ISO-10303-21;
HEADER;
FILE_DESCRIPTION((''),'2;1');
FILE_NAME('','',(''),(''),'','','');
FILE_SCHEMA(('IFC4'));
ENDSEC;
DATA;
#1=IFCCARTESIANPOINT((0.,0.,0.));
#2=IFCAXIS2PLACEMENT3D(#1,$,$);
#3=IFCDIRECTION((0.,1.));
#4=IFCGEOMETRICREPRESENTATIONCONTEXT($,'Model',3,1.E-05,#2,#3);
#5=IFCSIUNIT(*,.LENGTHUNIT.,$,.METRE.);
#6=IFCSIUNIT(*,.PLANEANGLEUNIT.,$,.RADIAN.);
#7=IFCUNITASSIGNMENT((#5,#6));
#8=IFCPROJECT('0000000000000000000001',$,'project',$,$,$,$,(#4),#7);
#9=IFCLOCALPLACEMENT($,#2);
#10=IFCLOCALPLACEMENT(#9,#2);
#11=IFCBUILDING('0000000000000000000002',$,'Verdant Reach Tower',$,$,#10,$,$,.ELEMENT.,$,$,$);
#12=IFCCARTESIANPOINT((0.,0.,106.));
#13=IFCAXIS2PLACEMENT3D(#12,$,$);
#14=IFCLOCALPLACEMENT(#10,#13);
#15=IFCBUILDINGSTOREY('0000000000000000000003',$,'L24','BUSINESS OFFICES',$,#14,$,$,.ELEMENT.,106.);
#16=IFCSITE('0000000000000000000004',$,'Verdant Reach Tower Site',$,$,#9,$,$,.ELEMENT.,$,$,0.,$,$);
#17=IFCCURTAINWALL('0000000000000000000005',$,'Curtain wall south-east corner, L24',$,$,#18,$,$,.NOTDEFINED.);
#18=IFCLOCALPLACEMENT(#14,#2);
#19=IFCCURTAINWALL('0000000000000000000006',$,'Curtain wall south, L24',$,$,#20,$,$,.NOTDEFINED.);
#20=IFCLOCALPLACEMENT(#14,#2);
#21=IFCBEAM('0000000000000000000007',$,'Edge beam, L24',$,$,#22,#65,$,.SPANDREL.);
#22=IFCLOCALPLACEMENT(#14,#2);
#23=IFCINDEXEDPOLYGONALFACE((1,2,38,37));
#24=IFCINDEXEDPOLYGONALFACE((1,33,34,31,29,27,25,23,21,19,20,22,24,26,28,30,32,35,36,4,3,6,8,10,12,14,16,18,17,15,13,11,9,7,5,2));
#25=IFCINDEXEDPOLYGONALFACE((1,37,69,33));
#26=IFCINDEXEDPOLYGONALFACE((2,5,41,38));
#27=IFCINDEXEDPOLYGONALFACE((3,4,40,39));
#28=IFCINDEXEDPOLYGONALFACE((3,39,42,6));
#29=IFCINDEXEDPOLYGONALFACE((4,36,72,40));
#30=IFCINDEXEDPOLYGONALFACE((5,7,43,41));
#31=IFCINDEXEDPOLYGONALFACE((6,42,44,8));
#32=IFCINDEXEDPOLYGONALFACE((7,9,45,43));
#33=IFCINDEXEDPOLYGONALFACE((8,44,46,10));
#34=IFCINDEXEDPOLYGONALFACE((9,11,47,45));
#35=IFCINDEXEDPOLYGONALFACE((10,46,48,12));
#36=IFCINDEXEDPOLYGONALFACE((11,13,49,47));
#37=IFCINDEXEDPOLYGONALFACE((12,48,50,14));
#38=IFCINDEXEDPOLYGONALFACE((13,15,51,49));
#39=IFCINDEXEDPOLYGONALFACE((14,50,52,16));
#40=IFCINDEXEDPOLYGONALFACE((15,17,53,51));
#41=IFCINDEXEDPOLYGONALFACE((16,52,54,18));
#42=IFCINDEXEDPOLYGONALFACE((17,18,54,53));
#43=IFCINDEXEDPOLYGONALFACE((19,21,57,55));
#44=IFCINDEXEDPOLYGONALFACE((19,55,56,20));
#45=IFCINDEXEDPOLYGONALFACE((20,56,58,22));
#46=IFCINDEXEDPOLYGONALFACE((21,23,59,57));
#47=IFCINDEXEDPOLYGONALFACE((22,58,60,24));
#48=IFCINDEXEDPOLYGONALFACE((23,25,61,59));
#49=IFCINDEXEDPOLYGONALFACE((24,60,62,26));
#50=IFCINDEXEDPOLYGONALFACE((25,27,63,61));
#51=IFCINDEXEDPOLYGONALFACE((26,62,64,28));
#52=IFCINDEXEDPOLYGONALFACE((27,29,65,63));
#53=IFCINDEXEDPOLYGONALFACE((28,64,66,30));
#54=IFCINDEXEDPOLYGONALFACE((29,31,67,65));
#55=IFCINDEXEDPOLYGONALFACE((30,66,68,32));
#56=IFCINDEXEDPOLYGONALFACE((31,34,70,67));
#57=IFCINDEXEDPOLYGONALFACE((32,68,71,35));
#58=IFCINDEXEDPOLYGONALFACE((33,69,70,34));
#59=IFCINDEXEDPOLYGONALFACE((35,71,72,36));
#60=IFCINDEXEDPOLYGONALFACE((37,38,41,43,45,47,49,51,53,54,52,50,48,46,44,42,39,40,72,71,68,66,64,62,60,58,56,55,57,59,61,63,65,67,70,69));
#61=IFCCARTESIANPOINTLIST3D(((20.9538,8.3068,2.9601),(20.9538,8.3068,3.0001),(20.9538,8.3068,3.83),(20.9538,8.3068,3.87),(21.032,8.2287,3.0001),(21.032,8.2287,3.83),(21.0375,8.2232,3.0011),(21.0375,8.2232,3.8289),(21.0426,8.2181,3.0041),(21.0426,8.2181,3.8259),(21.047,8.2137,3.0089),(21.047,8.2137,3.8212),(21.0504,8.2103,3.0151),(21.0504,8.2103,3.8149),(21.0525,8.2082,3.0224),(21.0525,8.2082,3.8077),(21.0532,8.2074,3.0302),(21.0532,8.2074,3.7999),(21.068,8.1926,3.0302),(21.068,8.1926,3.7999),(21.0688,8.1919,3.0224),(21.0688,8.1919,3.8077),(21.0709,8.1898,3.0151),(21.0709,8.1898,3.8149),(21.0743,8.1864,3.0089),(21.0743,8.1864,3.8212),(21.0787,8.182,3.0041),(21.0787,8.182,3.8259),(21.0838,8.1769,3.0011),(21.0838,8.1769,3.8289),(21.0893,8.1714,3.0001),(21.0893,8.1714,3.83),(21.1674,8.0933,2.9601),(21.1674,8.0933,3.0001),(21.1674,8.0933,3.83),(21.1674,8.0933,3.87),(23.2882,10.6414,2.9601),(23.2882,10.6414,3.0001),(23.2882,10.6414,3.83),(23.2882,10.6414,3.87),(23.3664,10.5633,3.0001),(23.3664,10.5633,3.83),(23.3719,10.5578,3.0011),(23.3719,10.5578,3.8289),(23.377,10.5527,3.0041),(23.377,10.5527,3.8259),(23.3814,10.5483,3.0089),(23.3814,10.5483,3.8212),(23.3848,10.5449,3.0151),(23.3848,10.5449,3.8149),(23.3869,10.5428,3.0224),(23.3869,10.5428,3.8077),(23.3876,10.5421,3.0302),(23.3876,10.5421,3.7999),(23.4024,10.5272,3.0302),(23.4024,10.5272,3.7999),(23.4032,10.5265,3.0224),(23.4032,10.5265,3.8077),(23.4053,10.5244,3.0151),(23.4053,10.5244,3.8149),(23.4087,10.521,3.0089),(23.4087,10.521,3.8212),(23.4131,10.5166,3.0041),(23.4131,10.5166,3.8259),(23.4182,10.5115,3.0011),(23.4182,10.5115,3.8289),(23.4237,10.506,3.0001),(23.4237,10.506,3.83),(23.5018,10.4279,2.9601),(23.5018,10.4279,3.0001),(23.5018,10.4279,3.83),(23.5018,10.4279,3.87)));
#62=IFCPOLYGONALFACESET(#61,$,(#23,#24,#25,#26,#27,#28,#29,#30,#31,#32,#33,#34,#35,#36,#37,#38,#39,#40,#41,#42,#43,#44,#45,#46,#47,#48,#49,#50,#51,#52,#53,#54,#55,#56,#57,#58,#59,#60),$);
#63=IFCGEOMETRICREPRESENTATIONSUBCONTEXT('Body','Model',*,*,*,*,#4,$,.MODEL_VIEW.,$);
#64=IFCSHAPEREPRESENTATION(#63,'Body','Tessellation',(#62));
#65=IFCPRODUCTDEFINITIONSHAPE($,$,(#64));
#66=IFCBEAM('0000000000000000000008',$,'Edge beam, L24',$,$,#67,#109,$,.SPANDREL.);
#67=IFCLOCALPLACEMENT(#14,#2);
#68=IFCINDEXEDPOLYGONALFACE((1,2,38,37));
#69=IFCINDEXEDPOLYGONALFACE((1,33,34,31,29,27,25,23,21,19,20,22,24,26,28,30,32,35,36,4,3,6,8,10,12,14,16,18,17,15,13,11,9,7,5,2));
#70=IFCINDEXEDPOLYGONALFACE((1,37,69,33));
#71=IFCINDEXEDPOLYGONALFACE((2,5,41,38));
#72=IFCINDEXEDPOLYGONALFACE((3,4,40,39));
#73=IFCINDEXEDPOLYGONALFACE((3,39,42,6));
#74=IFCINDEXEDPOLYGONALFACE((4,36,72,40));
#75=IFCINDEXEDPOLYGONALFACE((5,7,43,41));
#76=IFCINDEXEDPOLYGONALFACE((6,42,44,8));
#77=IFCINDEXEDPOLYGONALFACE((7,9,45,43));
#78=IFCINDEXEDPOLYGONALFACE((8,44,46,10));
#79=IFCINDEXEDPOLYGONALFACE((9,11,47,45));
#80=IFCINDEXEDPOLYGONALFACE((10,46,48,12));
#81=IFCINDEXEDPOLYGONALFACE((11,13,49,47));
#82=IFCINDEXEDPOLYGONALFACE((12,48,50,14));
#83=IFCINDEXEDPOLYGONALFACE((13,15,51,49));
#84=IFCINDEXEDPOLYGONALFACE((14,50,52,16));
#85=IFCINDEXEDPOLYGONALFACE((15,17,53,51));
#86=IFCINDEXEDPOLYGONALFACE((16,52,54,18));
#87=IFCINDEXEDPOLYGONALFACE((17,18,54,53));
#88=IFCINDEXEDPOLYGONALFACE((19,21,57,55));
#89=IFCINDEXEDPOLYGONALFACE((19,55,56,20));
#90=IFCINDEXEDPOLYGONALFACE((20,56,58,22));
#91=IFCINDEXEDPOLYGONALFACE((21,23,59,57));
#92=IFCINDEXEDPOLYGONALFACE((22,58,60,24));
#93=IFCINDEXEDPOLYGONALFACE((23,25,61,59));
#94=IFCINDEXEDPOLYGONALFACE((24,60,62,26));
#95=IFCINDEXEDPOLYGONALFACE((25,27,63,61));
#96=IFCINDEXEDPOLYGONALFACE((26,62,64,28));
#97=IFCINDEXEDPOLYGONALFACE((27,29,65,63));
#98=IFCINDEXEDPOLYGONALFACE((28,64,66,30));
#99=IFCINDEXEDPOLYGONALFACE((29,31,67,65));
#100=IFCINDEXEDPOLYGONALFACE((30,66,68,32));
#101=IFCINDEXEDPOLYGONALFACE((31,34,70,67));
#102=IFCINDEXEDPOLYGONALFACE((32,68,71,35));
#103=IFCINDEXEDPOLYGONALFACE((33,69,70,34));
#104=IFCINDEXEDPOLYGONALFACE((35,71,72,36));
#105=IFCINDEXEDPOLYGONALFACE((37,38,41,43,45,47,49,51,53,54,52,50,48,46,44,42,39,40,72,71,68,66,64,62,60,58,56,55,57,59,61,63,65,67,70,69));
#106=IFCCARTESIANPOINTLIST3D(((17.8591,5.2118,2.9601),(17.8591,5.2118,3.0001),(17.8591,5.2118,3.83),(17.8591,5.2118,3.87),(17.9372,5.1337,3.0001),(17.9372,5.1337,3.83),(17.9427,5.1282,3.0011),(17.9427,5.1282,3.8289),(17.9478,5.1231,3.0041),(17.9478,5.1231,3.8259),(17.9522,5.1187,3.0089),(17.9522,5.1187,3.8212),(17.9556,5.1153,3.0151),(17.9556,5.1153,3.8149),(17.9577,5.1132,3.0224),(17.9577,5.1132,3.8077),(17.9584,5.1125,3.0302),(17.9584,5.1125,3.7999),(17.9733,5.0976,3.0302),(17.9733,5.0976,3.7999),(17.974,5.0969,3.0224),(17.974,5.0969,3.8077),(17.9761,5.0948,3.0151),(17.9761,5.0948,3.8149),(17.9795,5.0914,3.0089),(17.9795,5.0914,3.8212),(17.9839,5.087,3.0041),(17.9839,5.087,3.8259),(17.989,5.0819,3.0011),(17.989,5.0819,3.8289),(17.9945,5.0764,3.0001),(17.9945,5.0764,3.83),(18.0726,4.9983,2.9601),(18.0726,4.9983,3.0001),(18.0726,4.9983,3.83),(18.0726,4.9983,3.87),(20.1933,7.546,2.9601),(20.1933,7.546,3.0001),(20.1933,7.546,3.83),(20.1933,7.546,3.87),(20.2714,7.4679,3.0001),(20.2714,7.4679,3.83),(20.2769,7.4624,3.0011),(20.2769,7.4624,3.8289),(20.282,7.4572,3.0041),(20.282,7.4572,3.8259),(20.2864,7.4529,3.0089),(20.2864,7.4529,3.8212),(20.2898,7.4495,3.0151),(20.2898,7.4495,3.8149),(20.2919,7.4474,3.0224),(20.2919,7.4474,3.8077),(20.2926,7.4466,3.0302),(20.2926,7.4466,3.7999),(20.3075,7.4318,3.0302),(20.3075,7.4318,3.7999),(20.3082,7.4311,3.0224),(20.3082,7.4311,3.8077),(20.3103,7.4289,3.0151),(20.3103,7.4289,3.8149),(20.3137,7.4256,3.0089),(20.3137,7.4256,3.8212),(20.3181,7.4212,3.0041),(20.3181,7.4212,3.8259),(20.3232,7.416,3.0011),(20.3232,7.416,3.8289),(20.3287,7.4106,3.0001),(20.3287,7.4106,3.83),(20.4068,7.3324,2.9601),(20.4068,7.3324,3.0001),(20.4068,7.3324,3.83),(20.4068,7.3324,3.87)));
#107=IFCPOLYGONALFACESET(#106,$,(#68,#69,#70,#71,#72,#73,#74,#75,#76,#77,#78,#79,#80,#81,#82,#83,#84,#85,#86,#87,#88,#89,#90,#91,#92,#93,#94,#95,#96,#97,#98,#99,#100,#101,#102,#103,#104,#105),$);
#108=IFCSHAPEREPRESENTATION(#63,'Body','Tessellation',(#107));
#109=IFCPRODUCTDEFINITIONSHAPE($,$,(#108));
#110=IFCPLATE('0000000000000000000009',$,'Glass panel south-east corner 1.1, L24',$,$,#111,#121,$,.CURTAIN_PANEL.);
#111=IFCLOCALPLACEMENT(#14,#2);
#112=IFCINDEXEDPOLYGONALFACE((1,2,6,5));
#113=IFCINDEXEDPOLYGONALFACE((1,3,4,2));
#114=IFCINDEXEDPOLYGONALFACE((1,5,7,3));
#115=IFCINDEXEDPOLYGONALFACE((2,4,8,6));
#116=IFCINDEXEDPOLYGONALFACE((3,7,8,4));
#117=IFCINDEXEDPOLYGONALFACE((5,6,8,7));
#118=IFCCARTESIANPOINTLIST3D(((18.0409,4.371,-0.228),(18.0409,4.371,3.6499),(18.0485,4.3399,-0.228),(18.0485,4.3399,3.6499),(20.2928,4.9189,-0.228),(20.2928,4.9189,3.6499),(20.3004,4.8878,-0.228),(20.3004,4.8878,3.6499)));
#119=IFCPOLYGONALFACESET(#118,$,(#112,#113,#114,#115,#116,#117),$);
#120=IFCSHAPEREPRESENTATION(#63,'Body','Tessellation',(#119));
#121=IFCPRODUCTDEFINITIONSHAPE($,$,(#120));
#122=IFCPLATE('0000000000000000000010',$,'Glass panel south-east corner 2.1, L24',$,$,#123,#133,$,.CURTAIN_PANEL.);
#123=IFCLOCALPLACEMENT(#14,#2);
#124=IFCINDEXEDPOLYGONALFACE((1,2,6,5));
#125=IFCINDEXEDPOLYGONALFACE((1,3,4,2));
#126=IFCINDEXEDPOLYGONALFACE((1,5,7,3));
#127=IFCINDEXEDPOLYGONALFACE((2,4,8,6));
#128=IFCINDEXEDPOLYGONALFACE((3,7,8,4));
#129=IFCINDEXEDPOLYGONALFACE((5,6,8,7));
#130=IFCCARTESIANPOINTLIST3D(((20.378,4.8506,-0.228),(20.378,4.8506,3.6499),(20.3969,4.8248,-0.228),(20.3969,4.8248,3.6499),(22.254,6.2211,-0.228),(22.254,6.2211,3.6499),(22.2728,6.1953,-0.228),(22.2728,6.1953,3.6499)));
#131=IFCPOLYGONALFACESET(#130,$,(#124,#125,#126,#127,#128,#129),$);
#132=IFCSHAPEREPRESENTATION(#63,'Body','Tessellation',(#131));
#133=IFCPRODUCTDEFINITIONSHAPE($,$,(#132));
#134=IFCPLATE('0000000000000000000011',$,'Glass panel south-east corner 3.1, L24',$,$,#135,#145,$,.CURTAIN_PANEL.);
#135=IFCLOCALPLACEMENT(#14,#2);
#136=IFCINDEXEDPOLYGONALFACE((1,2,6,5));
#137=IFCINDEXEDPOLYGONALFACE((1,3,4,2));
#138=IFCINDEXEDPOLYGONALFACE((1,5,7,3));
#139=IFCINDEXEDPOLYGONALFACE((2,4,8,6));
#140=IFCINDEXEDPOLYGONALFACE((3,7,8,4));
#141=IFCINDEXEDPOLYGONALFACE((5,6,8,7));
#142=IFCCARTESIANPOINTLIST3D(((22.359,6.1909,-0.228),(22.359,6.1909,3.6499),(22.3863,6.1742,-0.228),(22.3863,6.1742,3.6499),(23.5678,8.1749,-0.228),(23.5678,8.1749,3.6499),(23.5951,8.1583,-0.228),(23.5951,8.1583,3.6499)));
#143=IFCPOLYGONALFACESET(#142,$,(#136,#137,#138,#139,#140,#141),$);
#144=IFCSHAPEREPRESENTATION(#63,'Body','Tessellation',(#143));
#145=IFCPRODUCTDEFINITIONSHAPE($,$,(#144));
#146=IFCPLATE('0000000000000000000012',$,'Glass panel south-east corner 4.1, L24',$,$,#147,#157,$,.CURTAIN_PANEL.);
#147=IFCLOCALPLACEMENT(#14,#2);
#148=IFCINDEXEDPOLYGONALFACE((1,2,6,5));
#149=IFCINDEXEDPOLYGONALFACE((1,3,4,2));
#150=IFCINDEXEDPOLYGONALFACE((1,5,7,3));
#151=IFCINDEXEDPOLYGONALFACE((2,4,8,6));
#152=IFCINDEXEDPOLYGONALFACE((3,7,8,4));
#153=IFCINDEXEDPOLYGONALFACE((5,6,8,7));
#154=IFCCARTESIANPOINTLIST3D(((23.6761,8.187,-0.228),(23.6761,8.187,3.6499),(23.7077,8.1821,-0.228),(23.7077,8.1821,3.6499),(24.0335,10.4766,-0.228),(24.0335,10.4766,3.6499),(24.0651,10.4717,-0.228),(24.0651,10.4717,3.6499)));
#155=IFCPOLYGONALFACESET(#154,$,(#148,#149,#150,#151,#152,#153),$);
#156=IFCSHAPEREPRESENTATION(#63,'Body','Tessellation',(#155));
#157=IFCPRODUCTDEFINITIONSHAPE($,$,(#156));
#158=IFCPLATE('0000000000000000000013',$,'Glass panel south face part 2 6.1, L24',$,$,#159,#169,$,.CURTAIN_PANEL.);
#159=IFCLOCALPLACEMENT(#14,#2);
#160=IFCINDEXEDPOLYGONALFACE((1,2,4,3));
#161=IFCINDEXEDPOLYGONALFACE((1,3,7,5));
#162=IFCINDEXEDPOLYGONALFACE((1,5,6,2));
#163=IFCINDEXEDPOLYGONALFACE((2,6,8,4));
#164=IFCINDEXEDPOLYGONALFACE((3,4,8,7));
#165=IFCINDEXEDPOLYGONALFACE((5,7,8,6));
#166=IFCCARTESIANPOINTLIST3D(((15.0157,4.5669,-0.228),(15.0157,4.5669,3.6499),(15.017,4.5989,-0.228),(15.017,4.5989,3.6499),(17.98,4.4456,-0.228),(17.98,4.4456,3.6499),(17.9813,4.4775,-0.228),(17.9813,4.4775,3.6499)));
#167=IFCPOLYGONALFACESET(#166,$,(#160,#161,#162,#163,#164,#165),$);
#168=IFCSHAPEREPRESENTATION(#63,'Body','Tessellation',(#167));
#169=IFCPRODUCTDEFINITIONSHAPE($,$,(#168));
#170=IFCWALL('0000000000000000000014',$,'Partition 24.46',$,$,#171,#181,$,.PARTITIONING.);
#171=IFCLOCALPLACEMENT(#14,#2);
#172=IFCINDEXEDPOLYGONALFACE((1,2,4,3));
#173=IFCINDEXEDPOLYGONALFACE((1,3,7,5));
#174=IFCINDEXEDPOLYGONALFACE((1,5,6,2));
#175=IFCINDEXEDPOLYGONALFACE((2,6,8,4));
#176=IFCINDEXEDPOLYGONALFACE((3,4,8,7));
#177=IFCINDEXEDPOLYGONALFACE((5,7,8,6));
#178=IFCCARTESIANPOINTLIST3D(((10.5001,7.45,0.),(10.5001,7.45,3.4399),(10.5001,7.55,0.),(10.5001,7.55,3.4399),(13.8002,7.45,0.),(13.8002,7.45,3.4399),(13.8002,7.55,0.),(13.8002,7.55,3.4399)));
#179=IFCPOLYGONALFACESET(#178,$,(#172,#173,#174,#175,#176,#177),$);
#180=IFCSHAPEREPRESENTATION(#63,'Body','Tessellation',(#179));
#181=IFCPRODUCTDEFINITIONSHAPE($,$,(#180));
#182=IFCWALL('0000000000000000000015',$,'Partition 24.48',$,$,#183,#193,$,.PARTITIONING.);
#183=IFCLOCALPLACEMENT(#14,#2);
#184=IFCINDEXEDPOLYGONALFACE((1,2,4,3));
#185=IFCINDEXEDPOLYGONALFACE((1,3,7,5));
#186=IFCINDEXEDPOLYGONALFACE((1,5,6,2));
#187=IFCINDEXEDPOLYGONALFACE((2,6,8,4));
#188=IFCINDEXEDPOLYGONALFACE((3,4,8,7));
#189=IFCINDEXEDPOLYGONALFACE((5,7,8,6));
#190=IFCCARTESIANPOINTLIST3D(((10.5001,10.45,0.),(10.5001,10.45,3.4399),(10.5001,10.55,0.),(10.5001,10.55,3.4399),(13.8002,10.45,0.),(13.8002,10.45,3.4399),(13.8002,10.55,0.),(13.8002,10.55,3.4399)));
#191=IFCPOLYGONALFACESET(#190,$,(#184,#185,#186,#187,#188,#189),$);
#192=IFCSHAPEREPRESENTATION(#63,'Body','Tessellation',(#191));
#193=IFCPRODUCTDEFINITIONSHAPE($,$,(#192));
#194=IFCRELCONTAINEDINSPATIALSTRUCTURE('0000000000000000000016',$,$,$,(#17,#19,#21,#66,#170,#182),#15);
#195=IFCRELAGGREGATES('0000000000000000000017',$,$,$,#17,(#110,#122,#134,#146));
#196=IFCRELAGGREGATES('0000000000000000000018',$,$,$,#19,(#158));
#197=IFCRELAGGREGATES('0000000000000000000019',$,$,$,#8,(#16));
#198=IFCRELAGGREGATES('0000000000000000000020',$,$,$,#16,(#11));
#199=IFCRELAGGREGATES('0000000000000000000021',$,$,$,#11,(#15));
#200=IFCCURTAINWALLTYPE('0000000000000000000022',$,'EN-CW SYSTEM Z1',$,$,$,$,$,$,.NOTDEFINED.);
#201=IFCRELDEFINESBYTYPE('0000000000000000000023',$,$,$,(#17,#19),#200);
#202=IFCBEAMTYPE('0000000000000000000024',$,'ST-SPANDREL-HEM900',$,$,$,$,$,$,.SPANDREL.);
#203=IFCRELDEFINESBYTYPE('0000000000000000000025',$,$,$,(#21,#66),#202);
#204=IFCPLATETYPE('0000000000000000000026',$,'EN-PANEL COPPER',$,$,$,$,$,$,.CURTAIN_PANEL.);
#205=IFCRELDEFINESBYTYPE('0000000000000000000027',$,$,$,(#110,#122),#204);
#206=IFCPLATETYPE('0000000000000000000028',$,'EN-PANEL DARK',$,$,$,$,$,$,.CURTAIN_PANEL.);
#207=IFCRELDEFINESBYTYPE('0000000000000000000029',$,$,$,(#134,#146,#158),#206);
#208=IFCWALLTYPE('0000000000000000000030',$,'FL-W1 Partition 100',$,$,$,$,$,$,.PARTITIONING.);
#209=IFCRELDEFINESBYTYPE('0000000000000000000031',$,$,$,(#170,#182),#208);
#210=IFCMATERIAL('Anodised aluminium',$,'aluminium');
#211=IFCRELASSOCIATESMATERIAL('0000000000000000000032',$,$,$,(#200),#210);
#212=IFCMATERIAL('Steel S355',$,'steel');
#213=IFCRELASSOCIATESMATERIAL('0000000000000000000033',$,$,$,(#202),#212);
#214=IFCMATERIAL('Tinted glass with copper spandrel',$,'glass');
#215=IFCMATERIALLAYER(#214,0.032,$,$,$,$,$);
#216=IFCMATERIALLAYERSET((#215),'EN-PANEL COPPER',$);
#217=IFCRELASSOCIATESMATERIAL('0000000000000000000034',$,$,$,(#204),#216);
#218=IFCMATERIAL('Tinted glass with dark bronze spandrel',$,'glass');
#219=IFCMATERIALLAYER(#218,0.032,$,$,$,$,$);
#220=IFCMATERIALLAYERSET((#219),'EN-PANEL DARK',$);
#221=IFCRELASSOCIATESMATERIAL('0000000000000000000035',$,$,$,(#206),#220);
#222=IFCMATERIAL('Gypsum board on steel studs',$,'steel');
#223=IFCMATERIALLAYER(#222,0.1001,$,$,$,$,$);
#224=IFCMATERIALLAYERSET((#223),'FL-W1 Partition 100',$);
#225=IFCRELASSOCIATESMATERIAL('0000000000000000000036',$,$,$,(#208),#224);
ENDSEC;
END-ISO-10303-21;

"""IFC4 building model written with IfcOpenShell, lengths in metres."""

from ifc_helpers import new_model, si_unit, direction, frame, frame_2d, origin, origin_2d, place, context, subcontext, project, spatial, rectangle, i_section, extrude, material, layer, layer_set, material_profile, profile_set, type_object, element, aggregate, save


model = new_model("IFC4")

# Units and contexts
model_context = context("Model", 3, precision=1e-05, world=origin(), true_north=direction((0.0, 1.0)))
body_context = subcontext(model_context, "Body", "Model", "MODEL_VIEW")
ifc_project = project(units=[si_unit("LENGTHUNIT", "METRE"), si_unit("PLANEANGLEUNIT", "RADIAN")], contexts=[model_context])

# Site, building, storey
site_placement = place(None, origin())
site = spatial("IfcSite", under=ifc_project, at=site_placement, Name="Verdant Reach Tower Site", CompositionType="ELEMENT", RefElevation=0.0)
building_placement = place(site_placement, origin())
building = spatial("IfcBuilding", under=site, at=building_placement, Name="Verdant Reach Tower", CompositionType="ELEMENT")
storey_placement = place(building_placement, frame((0.0, 0.0, 106.0)))
storey = spatial("IfcBuildingStorey", under=building, at=storey_placement, Name="L24", Description="BUSINESS OFFICES", CompositionType="ELEMENT", Elevation=106.0)

# Curtain wall
ifc_material_1 = material(Name="Anodised aluminium", Category="aluminium")
curtain_wall_type = type_object("IfcCurtainWallType", Name="EN-CW SYSTEM Z1", PredefinedType="NOTDEFINED", material=ifc_material_1)
curtain_wall_1_placement = place(storey_placement, origin())
curtain_wall_1 = element("IfcCurtainWall", 1, at=curtain_wall_1_placement, inside=storey, type_object=curtain_wall_type, Name="Curtain wall south-east corner, L24", PredefinedType="NOTDEFINED")

# Curtain wall
curtain_wall_2_placement = place(storey_placement, origin())
curtain_wall_2 = element("IfcCurtainWall", 2, at=curtain_wall_2_placement, inside=storey, type_object=curtain_wall_type, Name="Curtain wall south, L24", PredefinedType="NOTDEFINED")

# Beams
ifc_material_2 = material(Name="Steel S355", Category="steel")
ifc_material_profile_1 = material_profile(ifc_material_2, i_section(OverallWidth=0.302, OverallDepth=0.9099, WebThickness=0.021, FlangeThickness=0.04, FilletRadius=0.03, at=origin_2d()), Name="HEM 900")
ifc_profile_set_1 = profile_set([ifc_material_profile_1], Name="Steel S355")
beam_type_1 = type_object("IfcBeamType", Name="ST-SPANDREL-HEM900", PredefinedType="SPANDREL", material=ifc_profile_set_1)
beam_1_placement = place(storey_placement, frame((23.395, 10.5347, 3.415), z_axis=(-0.70707, -0.707144, 0.0), x_axis=(0.707144, -0.70707, 0.0)))
element("IfcBeam", 3, at=beam_1_placement, inside=storey, type_object=beam_type_1, Name="Edge beam, L24", PredefinedType="SPANDREL", context=body_context, shape_type="SweptSolid", body=[
    extrude(i_section(OverallWidth=0.302, OverallDepth=0.9099, WebThickness=0.021, FlangeThickness=0.04, FilletRadius=0.03, at=origin_2d()), origin(), (0.0, 0.0, 1.0), 3.3015),
])
beam_2_placement = place(storey_placement, frame((20.3, 7.4392, 3.415), z_axis=(-0.707107, -0.707107, 0.0), x_axis=(0.707107, -0.707107, 0.0)))
element("IfcBeam", 4, at=beam_2_placement, inside=storey, type_object=beam_type_1, Name="Edge beam, L24", PredefinedType="SPANDREL", context=body_context, shape_type="SweptSolid", body=[
    extrude(i_section(OverallWidth=0.302, OverallDepth=0.9099, WebThickness=0.021, FlangeThickness=0.04, FilletRadius=0.03, at=origin_2d()), origin(), (0.0, 0.0, 1.0), 3.301),
])

# Plates
ifc_material_3 = material(Name="Tinted glass with copper spandrel", Category="glass")
ifc_layer_1 = layer(ifc_material_3, 0.032)
ifc_layer_set_1 = layer_set([ifc_layer_1], Name="EN-PANEL COPPER")
plate_type_1 = type_object("IfcPlateType", Name="EN-PANEL COPPER", PredefinedType="CURTAIN_PANEL", material=ifc_layer_set_1)
plate_1_placement = place(storey_placement, frame((19.1707, 4.6294, -0.228), z_axis=(0.0, 0.0, 1.0), x_axis=(0.971661, 0.23638, 0.0)))
plate_1 = element("IfcPlate", 5, at=plate_1_placement, type_object=plate_type_1, Name="Glass panel south-east corner 1.1, L24", PredefinedType="CURTAIN_PANEL", context=body_context, shape_type="SweptSolid", body=[
    extrude(rectangle(XDim=2.3176, YDim=0.032, at=origin_2d()), origin(), (0.0, 0.0, 1.0), 3.8779),
])
plate_2_placement = place(storey_placement, frame((21.3254, 5.5229, -0.228), z_axis=(0.0, 0.0, 1.0), x_axis=(0.807457, 0.589927, 0.0)))
plate_2 = element("IfcPlate", 6, at=plate_2_placement, type_object=plate_type_1, Name="Glass panel south-east corner 2.1, L24", PredefinedType="CURTAIN_PANEL", context=body_context, shape_type="SweptSolid", body=[
    extrude(rectangle(XDim=2.3232, YDim=0.032, at=origin_2d()), origin(), (0.0, 0.0, 1.0), 3.8779),
])
ifc_material_4 = material(Name="Tinted glass with dark bronze spandrel", Category="glass")
ifc_layer_2 = layer(ifc_material_4, 0.032)
ifc_layer_set_2 = layer_set([ifc_layer_2], Name="EN-PANEL DARK")
plate_type_2 = type_object("IfcPlateType", Name="EN-PANEL DARK", PredefinedType="CURTAIN_PANEL", material=ifc_layer_set_2)
plate_3_placement = place(storey_placement, frame((22.9771, 7.1746, -0.228), z_axis=(0.0, 0.0, 1.0), x_axis=(0.520292, 0.853989, 0.0)))
plate_3 = element("IfcPlate", 7, at=plate_3_placement, type_object=plate_type_2, Name="Glass panel south-east corner 3.1, L24", PredefinedType="CURTAIN_PANEL", context=body_context, shape_type="SweptSolid", body=[
    extrude(rectangle(XDim=2.3232, YDim=0.032, at=origin_2d()), origin(), (0.0, 0.0, 1.0), 3.8779),
])
plate_4_placement = place(storey_placement, frame((23.8706, 9.3293, -0.228), z_axis=(0.0, 0.0, 1.0), x_axis=(0.154248, 0.988032, 0.0)))
plate_4 = element("IfcPlate", 8, at=plate_4_placement, type_object=plate_type_2, Name="Glass panel south-east corner 4.1, L24", PredefinedType="CURTAIN_PANEL", context=body_context, shape_type="SweptSolid", body=[
    extrude(rectangle(XDim=2.3174, YDim=0.032, at=origin_2d()), origin(), (0.0, 0.0, 1.0), 3.8779),
])
aggregate(curtain_wall_1, [plate_1, plate_2, plate_3, plate_4])
plate_5_placement = place(storey_placement, frame((16.4985, 4.5222, -0.228), z_axis=(0.0, 0.0, 1.0), x_axis=(0.999163, -0.04091, 0.0)))
plate_5 = element("IfcPlate", 9, at=plate_5_placement, type_object=plate_type_2, Name="Glass panel south face part 2 6.1, L24", PredefinedType="CURTAIN_PANEL", context=body_context, shape_type="SweptSolid", body=[
    extrude(rectangle(XDim=2.9668, YDim=0.032, at=origin_2d()), origin(), (0.0, 0.0, 1.0), 3.8779),
])
aggregate(curtain_wall_2, [plate_5])

# Walls
ifc_material_5 = material(Name="Gypsum board on steel studs", Category="steel")
ifc_layer_3 = layer(ifc_material_5, 0.1001)
ifc_layer_set_3 = layer_set([ifc_layer_3], Name="FL-W1 Partition 100")
wall_type_1 = type_object("IfcWallType", Name="FL-W1 Partition 100", PredefinedType="PARTITIONING", material=ifc_layer_set_3)
for number, where, z_axis, x_axis, name in (
    (10, (13.8, 7.5, 0.0), (0.0, 0.0, 1.0), (-1.0, 0.0, 0.0), "Partition 24.46"),
    (11, (13.8, 10.5, 0.0), (0.0, 0.0, 1.0), (-1.0, 0.0, 0.0), "Partition 24.48"),
):
    element("IfcWall", number, at=place(storey_placement, frame(where, z_axis=z_axis, x_axis=x_axis)), inside=storey, type_object=wall_type_1, Name=name, PredefinedType="PARTITIONING", context=body_context, shape_type="SweptSolid", body=[
        extrude(rectangle(XDim=3.3, YDim=0.1001, at=frame_2d((1.6499, 0.0))), origin(), (0.0, 0.0, 1.0), 3.4399),
    ])

save(model, "model.ifc")
